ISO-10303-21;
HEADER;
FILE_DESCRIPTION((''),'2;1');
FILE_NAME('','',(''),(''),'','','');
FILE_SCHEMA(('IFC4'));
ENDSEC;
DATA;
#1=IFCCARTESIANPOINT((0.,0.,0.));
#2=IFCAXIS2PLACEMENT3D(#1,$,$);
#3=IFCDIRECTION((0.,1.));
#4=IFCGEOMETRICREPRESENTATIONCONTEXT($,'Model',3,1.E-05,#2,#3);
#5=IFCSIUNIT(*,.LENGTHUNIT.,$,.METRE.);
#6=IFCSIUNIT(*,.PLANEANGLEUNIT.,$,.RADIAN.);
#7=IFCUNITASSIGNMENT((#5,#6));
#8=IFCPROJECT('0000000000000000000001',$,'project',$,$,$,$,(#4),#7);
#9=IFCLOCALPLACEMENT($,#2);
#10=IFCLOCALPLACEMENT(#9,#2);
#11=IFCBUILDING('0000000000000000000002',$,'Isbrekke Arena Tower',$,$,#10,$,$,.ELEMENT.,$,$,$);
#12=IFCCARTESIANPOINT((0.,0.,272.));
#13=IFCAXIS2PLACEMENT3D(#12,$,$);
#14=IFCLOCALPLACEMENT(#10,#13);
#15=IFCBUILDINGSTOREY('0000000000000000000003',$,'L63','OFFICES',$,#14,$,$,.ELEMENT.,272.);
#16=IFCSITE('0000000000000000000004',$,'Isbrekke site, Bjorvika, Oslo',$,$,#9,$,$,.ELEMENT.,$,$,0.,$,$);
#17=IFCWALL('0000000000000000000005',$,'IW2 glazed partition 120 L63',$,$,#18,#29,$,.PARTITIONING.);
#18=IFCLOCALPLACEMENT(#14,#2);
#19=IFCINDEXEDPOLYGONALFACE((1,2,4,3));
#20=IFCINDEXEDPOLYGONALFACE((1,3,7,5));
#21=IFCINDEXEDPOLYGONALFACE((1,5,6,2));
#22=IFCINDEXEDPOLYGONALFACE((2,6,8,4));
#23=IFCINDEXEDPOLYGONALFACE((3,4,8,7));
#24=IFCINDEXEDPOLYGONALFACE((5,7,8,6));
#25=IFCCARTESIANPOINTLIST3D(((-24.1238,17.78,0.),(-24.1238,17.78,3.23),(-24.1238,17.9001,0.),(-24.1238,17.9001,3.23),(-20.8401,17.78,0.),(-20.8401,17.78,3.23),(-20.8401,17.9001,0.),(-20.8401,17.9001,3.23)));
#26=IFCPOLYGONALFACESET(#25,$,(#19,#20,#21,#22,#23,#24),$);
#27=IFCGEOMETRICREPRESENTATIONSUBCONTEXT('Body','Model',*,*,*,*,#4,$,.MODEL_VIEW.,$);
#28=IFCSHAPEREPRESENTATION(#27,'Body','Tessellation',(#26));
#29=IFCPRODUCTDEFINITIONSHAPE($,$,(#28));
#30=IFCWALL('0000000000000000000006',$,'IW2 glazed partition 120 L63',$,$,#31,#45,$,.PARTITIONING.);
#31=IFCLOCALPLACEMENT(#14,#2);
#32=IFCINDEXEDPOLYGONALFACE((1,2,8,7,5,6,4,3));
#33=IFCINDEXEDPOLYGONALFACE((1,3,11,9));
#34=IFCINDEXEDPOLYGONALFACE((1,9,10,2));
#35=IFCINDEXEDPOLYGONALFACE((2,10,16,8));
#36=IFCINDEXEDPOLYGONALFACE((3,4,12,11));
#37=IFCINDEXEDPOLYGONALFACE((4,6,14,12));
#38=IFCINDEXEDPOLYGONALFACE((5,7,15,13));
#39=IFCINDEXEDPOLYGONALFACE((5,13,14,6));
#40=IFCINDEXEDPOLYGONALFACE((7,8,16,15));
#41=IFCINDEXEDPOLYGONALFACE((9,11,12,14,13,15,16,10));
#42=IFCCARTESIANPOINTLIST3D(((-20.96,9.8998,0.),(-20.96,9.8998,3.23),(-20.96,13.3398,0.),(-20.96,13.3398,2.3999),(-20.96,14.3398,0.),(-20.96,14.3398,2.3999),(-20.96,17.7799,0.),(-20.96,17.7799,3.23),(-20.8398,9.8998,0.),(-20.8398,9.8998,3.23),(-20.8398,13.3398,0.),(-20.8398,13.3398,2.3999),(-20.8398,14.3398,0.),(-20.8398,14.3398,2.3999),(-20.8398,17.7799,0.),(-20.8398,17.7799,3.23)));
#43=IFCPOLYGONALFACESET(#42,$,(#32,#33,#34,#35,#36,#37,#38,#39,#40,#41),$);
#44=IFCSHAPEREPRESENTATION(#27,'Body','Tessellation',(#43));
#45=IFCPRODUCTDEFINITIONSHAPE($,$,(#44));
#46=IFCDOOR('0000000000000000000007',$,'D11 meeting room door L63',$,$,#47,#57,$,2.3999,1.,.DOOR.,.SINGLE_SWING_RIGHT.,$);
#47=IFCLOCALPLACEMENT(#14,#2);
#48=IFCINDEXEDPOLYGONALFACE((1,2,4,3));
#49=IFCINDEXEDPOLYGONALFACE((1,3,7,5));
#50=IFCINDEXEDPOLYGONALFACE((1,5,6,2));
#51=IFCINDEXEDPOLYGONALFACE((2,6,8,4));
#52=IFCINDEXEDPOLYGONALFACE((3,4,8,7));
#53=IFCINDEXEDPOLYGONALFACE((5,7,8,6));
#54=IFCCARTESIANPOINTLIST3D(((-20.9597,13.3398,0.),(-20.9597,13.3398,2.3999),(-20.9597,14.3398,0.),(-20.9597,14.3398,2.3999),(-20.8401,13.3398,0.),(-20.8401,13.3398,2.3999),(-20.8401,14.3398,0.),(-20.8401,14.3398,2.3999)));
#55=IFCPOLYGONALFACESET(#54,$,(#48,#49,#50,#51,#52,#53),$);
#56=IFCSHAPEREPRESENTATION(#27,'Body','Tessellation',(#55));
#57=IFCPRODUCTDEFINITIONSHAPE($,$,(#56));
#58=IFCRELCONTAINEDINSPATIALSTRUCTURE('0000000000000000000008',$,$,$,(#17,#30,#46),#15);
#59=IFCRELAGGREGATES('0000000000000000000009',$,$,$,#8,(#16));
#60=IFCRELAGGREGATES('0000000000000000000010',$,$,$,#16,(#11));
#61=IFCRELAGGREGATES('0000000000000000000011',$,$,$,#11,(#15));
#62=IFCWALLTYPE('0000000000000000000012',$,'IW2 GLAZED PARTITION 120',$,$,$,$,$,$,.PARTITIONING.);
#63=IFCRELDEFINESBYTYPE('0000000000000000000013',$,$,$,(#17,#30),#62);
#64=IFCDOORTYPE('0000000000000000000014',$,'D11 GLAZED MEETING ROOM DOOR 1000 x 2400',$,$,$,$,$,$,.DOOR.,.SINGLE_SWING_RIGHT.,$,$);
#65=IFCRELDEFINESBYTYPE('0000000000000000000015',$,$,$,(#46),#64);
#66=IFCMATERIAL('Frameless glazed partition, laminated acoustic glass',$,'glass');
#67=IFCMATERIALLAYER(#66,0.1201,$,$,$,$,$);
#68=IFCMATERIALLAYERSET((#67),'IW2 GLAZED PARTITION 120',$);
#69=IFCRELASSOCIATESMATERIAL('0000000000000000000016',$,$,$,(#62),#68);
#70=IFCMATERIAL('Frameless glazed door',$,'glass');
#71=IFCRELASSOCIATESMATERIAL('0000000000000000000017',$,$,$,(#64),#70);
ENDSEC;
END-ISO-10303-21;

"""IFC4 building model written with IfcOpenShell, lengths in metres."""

from ifc_helpers import new_model, si_unit, direction, frame, frame_2d, origin, place, context, subcontext, project, spatial, rectangle, extrude, material, layer, layer_set, type_object, element, fill, save


model = new_model("IFC4")

# Units and contexts
model_context = context("Model", 3, precision=1e-05, world=origin(), true_north=direction((0.0, 1.0)))
body_context = subcontext(model_context, "Body", "Model", "MODEL_VIEW")
ifc_project = project(units=[si_unit("LENGTHUNIT", "METRE"), si_unit("PLANEANGLEUNIT", "RADIAN")], contexts=[model_context])

# Site, building, storey
site_placement = place(None, origin())
site = spatial("IfcSite", under=ifc_project, at=site_placement, Name="Isbrekke site, Bjorvika, Oslo", CompositionType="ELEMENT", RefElevation=0.0)
building_placement = place(site_placement, origin())
building = spatial("IfcBuilding", under=site, at=building_placement, Name="Isbrekke Arena Tower", CompositionType="ELEMENT")
storey_placement = place(building_placement, frame((0.0, 0.0, 272.0)))
storey = spatial("IfcBuildingStorey", under=building, at=storey_placement, Name="L63", Description="OFFICES", CompositionType="ELEMENT", Elevation=272.0)

# Wall
ifc_material_1 = material(Name="Frameless glazed partition, laminated acoustic glass", Category="glass")
ifc_layer_1 = layer(ifc_material_1, 0.1201)
ifc_layer_set_1 = layer_set([ifc_layer_1], Name="IW2 GLAZED PARTITION 120")
wall_type_1 = type_object("IfcWallType", Name="IW2 GLAZED PARTITION 120", PredefinedType="PARTITIONING", material=ifc_layer_set_1)
wall_1_placement = place(storey_placement, frame((-24.1238, 17.8401, 0.0), z_axis=(0.0, 0.0, 1.0), x_axis=(1.0, 0.0, 0.0)))
element("IfcWall", 1, at=wall_1_placement, inside=storey, type_object=wall_type_1, Name="IW2 glazed partition 120 L63", PredefinedType="PARTITIONING", context=body_context, shape_type="SweptSolid", body=[
    extrude(rectangle(XDim=3.2837, YDim=0.1201, at=frame_2d((1.6418, 0.0))), origin(), (0.0, 0.0, 1.0), 3.23),
])

# Wall, opening, door
wall_2_placement = place(storey_placement, frame((-20.8999, 9.8999, 0.0), z_axis=(0.0, 0.0, 1.0), x_axis=(0.0, 1.0, 0.0)))
wall_2 = element("IfcWall", 2, at=wall_2_placement, inside=storey, type_object=wall_type_1, Name="IW2 glazed partition 120 L63", PredefinedType="PARTITIONING", context=body_context, shape_type="SweptSolid", body=[
    extrude(rectangle(XDim=7.8801, YDim=0.1201, at=frame_2d((3.9399, 0.0))), origin(), (0.0, 0.0, 1.0), 3.23),
])
opening_placement = place(wall_2_placement, frame((3.4399, 0.0, 0.0)))
opening = element("IfcOpeningElement", 3, at=opening_placement, cuts=wall_2, PredefinedType="OPENING", context=body_context, shape_type="SweptSolid", body=[
    extrude(rectangle(XDim=1.0, YDim=2.3999, at=frame_2d((0.5, 1.2))), frame((0.0, 0.075, 0.0), z_axis=(0.0, -1.0, 0.0), x_axis=(1.0, 0.0, 0.0)), (0.0, 0.0, 1.0), 0.1499),
])
ifc_material_2 = material(Name="Frameless glazed door", Category="glass")
door_type = type_object("IfcDoorType", Name="D11 GLAZED MEETING ROOM DOOR 1000 x 2400", OperationType="SINGLE_SWING_RIGHT", PredefinedType="DOOR", material=ifc_material_2)
door_placement = place(opening_placement, origin())
door = element("IfcDoor", 4, at=door_placement, inside=storey, type_object=door_type, Name="D11 meeting room door L63", OperationType="SINGLE_SWING_RIGHT", OverallHeight=2.3999, OverallWidth=1.0, PredefinedType="DOOR", context=body_context, shape_type="SweptSolid", body=[
    extrude(rectangle(XDim=1.0, YDim=2.3999, at=frame_2d((0.5, 1.2))), frame((0.0, 0.0598, 0.0), z_axis=(0.0, -1.0, 0.0), x_axis=(1.0, 0.0, 0.0)), (0.0, 0.0, 1.0), 0.1196),
])
fill(opening, door)

save(model, "model.ifc")
